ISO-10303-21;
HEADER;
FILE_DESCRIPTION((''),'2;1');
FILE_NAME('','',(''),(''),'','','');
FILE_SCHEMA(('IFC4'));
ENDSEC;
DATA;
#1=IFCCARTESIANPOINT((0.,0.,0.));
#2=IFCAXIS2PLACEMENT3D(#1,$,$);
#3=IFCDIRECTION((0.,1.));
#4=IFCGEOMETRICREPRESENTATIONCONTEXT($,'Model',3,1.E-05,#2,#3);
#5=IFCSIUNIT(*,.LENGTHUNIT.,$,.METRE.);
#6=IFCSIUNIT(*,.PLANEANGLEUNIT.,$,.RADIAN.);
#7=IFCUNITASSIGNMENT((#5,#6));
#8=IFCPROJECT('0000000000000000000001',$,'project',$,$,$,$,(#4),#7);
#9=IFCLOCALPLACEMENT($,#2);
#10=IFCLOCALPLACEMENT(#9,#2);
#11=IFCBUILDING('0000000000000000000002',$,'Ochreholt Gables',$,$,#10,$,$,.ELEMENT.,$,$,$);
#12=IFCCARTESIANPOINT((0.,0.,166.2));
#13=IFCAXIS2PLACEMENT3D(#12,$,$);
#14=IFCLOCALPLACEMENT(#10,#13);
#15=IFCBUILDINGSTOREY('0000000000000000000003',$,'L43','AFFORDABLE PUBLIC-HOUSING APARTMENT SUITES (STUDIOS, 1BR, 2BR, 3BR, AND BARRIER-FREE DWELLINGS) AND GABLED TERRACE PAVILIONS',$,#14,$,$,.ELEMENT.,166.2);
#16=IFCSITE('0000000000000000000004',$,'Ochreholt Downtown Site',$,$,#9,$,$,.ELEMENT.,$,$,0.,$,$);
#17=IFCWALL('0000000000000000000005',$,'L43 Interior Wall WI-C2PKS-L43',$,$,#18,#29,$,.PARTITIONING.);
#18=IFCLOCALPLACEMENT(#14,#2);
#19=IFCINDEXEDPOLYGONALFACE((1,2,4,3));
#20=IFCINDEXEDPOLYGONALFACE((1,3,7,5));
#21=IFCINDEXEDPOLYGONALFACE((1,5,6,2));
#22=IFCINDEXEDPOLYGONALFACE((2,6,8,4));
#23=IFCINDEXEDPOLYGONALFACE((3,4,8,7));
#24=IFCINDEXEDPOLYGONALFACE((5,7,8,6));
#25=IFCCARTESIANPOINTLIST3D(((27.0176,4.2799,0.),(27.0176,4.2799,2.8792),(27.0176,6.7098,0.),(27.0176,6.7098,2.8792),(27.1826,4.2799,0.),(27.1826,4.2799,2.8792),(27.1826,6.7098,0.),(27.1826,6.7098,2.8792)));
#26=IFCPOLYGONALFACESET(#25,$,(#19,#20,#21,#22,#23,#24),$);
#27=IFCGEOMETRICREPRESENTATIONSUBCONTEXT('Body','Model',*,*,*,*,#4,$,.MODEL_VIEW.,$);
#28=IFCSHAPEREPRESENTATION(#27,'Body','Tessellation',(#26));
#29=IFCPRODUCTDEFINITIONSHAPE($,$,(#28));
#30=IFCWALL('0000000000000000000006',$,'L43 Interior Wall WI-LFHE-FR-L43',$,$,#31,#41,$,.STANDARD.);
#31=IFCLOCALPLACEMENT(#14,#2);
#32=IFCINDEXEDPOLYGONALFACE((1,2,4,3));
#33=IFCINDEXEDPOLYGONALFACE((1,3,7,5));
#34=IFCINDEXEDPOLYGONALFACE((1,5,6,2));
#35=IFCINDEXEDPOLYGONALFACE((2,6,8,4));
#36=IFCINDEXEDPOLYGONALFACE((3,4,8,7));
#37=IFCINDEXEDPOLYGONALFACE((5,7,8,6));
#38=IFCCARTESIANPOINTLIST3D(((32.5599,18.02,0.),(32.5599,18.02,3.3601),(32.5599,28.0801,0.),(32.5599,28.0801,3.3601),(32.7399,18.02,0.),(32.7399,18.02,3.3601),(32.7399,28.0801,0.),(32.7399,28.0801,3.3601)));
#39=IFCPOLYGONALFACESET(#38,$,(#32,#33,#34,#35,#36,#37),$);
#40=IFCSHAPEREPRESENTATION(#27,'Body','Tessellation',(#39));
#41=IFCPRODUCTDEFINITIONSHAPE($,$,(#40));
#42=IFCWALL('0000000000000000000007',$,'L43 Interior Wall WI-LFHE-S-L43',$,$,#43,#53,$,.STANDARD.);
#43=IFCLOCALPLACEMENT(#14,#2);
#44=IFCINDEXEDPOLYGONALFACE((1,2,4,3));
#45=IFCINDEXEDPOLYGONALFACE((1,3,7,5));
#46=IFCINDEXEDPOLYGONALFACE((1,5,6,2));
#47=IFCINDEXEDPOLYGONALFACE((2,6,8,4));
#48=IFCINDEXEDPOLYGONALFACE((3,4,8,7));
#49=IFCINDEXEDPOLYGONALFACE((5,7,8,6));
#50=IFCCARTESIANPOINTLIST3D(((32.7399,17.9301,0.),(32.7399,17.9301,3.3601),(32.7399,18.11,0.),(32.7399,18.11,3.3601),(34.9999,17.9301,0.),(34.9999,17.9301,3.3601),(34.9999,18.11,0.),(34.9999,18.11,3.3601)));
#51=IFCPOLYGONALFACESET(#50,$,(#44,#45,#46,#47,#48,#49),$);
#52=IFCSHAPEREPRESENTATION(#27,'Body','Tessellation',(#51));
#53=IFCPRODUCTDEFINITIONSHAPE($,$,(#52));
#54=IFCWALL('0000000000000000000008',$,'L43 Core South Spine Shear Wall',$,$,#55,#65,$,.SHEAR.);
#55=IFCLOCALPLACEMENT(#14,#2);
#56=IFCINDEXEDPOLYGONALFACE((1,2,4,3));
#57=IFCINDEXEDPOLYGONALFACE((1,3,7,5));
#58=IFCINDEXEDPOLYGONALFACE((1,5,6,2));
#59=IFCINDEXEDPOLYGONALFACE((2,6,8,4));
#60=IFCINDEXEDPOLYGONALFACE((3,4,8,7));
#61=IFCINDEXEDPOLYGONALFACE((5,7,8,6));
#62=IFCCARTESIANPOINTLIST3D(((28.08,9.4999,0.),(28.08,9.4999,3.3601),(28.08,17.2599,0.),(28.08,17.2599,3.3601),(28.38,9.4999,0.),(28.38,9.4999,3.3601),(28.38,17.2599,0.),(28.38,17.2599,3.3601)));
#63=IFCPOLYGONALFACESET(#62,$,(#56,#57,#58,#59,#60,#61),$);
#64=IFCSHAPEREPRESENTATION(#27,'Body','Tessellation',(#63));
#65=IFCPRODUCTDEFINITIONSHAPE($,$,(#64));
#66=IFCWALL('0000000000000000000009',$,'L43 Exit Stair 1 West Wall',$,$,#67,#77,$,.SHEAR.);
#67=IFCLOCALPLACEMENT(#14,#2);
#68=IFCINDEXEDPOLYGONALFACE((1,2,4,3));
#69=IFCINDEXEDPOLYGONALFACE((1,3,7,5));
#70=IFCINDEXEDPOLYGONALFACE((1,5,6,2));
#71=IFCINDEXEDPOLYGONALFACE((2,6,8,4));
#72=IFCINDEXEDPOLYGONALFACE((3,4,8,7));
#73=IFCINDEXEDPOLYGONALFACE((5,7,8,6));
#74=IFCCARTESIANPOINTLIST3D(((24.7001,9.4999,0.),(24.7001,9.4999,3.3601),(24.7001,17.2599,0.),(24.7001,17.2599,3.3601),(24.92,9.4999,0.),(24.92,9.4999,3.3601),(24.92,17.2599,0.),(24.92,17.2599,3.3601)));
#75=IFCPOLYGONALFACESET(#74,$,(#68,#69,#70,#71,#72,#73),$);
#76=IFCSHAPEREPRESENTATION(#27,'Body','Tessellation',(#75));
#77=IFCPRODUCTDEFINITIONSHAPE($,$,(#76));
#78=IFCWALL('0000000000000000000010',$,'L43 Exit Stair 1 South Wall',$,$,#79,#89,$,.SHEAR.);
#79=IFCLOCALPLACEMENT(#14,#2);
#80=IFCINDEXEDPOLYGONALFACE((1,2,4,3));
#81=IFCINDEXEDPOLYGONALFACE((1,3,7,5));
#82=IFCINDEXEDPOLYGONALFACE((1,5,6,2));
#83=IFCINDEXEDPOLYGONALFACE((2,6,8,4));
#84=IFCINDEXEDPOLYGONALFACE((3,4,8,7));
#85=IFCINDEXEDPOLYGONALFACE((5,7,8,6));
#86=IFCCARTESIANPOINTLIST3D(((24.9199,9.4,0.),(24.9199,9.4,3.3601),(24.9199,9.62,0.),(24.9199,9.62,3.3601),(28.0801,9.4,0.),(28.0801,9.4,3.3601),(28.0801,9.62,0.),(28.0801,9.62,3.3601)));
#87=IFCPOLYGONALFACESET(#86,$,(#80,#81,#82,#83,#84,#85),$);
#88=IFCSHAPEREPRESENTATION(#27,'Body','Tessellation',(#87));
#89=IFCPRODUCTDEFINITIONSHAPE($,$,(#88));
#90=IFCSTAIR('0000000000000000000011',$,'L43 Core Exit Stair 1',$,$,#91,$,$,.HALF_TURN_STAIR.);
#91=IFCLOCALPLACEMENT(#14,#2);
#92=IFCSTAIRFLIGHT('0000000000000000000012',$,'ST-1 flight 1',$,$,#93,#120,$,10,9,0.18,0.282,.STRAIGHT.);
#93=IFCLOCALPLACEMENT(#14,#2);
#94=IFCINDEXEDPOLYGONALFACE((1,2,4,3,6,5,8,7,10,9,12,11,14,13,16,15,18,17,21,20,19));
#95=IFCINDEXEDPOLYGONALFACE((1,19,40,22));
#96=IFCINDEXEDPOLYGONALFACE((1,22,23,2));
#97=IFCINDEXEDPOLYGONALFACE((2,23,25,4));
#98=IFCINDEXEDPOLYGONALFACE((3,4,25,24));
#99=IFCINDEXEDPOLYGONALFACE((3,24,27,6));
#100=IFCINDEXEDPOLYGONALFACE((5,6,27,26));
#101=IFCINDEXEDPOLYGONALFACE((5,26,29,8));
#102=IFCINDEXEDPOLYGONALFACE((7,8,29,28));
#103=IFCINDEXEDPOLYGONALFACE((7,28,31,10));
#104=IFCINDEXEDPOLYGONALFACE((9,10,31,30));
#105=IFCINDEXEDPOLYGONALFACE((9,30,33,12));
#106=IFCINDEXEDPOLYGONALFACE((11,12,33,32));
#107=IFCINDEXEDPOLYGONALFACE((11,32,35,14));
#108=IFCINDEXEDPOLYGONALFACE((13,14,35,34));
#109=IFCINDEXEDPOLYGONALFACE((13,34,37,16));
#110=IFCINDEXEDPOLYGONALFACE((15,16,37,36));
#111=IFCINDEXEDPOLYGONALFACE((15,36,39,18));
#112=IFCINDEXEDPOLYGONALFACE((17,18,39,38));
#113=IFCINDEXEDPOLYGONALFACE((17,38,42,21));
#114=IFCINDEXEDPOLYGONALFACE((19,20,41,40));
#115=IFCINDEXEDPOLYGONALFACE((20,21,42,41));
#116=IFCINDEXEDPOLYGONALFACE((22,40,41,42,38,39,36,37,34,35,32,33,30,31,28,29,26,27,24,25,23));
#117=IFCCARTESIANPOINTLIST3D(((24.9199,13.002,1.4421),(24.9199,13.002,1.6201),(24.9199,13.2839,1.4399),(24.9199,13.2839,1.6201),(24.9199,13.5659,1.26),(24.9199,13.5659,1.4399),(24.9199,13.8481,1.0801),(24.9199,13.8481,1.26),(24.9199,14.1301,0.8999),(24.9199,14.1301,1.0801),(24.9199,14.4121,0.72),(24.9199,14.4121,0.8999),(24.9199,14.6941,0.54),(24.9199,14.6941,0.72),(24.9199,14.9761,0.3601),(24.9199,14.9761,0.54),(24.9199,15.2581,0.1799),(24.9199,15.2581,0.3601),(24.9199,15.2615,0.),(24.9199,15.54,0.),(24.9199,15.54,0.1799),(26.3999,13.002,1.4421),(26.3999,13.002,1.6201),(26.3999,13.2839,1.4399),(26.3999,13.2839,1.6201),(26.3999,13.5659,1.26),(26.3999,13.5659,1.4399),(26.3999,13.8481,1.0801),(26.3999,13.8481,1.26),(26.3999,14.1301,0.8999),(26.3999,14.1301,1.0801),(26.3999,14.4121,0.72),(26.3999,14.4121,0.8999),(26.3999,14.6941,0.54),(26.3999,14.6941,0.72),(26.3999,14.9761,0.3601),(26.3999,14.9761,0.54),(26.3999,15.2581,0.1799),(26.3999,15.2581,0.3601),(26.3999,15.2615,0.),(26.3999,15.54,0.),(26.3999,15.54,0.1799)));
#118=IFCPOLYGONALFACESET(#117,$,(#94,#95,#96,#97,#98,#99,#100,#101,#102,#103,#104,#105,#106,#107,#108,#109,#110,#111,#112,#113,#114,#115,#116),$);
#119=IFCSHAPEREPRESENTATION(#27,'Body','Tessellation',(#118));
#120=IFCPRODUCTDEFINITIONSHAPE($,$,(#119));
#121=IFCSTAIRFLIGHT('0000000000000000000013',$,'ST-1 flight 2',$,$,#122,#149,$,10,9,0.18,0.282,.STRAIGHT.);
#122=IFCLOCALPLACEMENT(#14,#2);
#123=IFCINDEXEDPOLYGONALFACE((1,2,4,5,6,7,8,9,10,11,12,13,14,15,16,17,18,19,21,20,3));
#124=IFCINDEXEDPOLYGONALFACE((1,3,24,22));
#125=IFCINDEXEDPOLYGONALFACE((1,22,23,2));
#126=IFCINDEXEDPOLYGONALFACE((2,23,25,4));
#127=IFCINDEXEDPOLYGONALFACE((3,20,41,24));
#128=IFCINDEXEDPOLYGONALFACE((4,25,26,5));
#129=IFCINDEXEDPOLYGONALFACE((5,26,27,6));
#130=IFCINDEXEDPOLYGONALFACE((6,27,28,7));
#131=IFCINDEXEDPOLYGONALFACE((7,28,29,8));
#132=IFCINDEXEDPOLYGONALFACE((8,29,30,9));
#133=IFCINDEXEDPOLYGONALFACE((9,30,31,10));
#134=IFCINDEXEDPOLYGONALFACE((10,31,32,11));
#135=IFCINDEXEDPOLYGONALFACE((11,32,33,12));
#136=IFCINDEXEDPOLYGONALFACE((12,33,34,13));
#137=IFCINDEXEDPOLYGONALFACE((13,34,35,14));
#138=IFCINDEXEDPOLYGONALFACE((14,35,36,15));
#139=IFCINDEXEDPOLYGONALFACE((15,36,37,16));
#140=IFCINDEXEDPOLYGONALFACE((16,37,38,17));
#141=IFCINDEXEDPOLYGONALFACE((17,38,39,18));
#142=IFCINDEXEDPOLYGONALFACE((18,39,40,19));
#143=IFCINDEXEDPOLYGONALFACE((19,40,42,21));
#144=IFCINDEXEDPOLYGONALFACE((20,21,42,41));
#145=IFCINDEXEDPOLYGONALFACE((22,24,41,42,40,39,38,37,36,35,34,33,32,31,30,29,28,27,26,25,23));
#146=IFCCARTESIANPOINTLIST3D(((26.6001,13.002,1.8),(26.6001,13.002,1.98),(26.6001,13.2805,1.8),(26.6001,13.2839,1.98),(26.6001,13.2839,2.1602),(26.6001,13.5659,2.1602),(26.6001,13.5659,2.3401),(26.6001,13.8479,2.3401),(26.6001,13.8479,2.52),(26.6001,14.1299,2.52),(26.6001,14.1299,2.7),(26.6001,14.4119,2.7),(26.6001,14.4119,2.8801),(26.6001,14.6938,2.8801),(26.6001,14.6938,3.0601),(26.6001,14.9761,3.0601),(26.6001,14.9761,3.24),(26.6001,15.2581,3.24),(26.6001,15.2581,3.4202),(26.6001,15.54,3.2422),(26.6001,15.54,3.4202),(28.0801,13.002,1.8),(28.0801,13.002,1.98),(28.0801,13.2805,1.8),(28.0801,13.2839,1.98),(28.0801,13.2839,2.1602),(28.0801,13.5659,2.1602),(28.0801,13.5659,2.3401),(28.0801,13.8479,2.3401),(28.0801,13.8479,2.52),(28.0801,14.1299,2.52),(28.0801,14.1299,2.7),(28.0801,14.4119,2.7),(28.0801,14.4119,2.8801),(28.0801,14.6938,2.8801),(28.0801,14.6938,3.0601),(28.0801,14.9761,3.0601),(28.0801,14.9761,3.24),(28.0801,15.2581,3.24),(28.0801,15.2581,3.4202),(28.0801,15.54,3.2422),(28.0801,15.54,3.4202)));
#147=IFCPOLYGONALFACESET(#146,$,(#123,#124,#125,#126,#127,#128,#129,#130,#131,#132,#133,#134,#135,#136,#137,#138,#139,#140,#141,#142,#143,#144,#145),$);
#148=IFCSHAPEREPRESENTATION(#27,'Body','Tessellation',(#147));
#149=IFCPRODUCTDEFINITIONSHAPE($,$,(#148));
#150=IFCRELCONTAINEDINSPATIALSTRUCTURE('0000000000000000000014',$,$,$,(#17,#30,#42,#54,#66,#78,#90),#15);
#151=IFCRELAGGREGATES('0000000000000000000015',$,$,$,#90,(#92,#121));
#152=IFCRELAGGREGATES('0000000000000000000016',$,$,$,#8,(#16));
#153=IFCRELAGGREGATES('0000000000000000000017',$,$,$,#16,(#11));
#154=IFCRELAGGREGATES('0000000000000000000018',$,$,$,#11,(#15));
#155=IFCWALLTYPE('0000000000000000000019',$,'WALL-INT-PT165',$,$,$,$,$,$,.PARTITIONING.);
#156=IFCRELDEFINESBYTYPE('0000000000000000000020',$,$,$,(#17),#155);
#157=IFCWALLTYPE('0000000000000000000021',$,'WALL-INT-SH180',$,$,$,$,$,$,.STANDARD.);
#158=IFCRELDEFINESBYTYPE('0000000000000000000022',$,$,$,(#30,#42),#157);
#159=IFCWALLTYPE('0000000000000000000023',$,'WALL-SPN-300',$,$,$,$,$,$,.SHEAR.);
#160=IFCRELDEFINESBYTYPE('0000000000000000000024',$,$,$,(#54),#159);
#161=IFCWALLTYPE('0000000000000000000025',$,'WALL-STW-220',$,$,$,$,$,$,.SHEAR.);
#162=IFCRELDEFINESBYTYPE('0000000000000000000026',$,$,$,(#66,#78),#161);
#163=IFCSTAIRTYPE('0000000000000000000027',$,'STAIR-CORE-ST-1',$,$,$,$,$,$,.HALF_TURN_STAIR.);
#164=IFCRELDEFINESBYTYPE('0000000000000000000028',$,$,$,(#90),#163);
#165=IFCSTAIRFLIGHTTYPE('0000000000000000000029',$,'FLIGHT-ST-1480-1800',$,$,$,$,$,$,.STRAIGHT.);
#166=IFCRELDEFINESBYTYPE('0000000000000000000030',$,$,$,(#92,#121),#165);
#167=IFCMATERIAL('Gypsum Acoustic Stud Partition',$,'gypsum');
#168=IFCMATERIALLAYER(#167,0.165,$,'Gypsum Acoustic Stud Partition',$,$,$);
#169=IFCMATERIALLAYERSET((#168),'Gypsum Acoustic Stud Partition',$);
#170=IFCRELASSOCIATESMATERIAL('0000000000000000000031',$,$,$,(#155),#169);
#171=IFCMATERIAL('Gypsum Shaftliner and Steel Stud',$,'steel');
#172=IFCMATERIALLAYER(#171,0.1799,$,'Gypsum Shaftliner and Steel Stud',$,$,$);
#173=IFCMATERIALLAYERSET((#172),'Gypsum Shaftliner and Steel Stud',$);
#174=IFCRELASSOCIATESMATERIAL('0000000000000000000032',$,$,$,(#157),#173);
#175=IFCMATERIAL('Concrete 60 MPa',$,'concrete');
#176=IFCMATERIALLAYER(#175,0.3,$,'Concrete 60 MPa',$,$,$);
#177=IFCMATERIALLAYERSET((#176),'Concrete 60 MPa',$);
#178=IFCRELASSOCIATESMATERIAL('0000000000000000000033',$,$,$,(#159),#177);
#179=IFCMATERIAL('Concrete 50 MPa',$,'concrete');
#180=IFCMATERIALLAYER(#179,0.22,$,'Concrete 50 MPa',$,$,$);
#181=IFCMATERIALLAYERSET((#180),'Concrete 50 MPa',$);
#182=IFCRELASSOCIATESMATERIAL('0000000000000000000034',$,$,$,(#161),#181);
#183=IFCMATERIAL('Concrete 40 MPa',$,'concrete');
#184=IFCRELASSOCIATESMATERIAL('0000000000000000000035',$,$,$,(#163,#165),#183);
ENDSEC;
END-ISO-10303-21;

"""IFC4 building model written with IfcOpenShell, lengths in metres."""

from ifc_helpers import new_model, si_unit, direction, frame, frame_2d, origin, place, context, subcontext, project, spatial, polyline, rectangle, outline, extrude, material, layer, layer_set, type_object, element, aggregate, save


model = new_model("IFC4")

# Units and contexts
model_context = context("Model", 3, precision=1e-05, world=origin(), true_north=direction((0.0, 1.0)))
body_context = subcontext(model_context, "Body", "Model", "MODEL_VIEW")
ifc_project = project(units=[si_unit("LENGTHUNIT", "METRE"), si_unit("PLANEANGLEUNIT", "RADIAN")], contexts=[model_context])

# Site, building, storey
site_placement = place(None, origin())
site = spatial("IfcSite", under=ifc_project, at=site_placement, Name="Ochreholt Downtown Site", CompositionType="ELEMENT", RefElevation=0.0)
building_placement = place(site_placement, origin())
building = spatial("IfcBuilding", under=site, at=building_placement, Name="Ochreholt Gables", CompositionType="ELEMENT")
storey_placement = place(building_placement, frame((0.0, 0.0, 166.2)))
storey = spatial("IfcBuildingStorey", under=building, at=storey_placement, Name="L43", Description="AFFORDABLE PUBLIC-HOUSING APARTMENT SUITES (STUDIOS, 1BR, 2BR, 3BR, AND BARRIER-FREE DWELLINGS) AND GABLED TERRACE PAVILIONS", CompositionType="ELEMENT", Elevation=166.2)

# Shared definitions
ifc_material_1 = material(Name="Concrete 50 MPa", Category="concrete")

# Shared definitions
ifc_material_2 = material(Name="Concrete 60 MPa", Category="concrete")
ifc_material_3 = material(Name="Concrete 40 MPa", Category="concrete")

# Shared definitions
ifc_material_4 = material(Name="Gypsum Acoustic Stud Partition", Category="gypsum")
ifc_layer_1 = layer(ifc_material_4, 0.165, Name="Gypsum Acoustic Stud Partition")
ifc_layer_set_1 = layer_set([ifc_layer_1], Name="Gypsum Acoustic Stud Partition")
wall_type_1 = type_object("IfcWallType", Name="WALL-INT-PT165", PredefinedType="PARTITIONING", material=ifc_layer_set_1)

# Walls
wall_1_placement = place(storey_placement, frame((27.1001, 4.28, 0.0), z_axis=(0.0, 0.0, 1.0), x_axis=(0.0, 1.0, 0.0)))
element("IfcWall", 1, at=wall_1_placement, inside=storey, type_object=wall_type_1, Name="L43 Interior Wall WI-C2PKS-L43", PredefinedType="PARTITIONING", context=body_context, shape_type="SweptSolid", body=[
    extrude(rectangle(XDim=2.4299, YDim=0.165, at=frame_2d((1.2148, 0.0))), origin(), (0.0, 0.0, 1.0), 2.8792),
])
ifc_material_5 = material(Name="Gypsum Shaftliner and Steel Stud", Category="steel")
ifc_layer_2 = layer(ifc_material_5, 0.1799, Name="Gypsum Shaftliner and Steel Stud")
ifc_layer_set_2 = layer_set([ifc_layer_2], Name="Gypsum Shaftliner and Steel Stud")
wall_type_2 = type_object("IfcWallType", Name="WALL-INT-SH180", PredefinedType="STANDARD", material=ifc_layer_set_2)
wall_2_placement = place(storey_placement, frame((32.6499, 18.02, 0.0), z_axis=(0.0, 0.0, 1.0), x_axis=(0.0, 1.0, 0.0)))
element("IfcWall", 2, at=wall_2_placement, inside=storey, type_object=wall_type_2, Name="L43 Interior Wall WI-LFHE-FR-L43", PredefinedType="STANDARD", context=body_context, shape_type="SweptSolid", body=[
    extrude(rectangle(XDim=10.0601, YDim=0.1799, at=frame_2d((5.03, 0.0))), origin(), (0.0, 0.0, 1.0), 3.3601),
])
wall_3_placement = place(storey_placement, frame((32.74, 18.02, 0.0), z_axis=(0.0, 0.0, 1.0), x_axis=(1.0, 0.0, 0.0)))
element("IfcWall", 3, at=wall_3_placement, inside=storey, type_object=wall_type_2, Name="L43 Interior Wall WI-LFHE-S-L43", PredefinedType="STANDARD", context=body_context, shape_type="SweptSolid", body=[
    extrude(rectangle(XDim=2.26, YDim=0.1799, at=frame_2d((1.1299, 0.0))), origin(), (0.0, 0.0, 1.0), 3.3601),
])
ifc_layer_3 = layer(ifc_material_2, 0.3, Name="Concrete 60 MPa")
ifc_layer_set_3 = layer_set([ifc_layer_3], Name="Concrete 60 MPa")
wall_type_3 = type_object("IfcWallType", Name="WALL-SPN-300", PredefinedType="SHEAR", material=ifc_layer_set_3)
wall_4_placement = place(storey_placement, frame((28.23, 9.5, 0.0), z_axis=(0.0, 0.0, 1.0), x_axis=(0.0, 1.0, 0.0)))
element("IfcWall", 4, at=wall_4_placement, inside=storey, type_object=wall_type_3, Name="L43 Core South Spine Shear Wall", PredefinedType="SHEAR", context=body_context, shape_type="SweptSolid", body=[
    extrude(rectangle(XDim=7.76, YDim=0.3, at=frame_2d((3.8799, 0.0))), origin(), (0.0, 0.0, 1.0), 3.3601),
])
ifc_layer_4 = layer(ifc_material_1, 0.22, Name="Concrete 50 MPa")
ifc_layer_set_4 = layer_set([ifc_layer_4], Name="Concrete 50 MPa")
wall_type_4 = type_object("IfcWallType", Name="WALL-STW-220", PredefinedType="SHEAR", material=ifc_layer_set_4)
wall_5_placement = place(storey_placement, frame((24.8101, 9.5, 0.0), z_axis=(0.0, 0.0, 1.0), x_axis=(0.0, 1.0, 0.0)))
element("IfcWall", 5, at=wall_5_placement, inside=storey, type_object=wall_type_4, Name="L43 Exit Stair 1 West Wall", PredefinedType="SHEAR", context=body_context, shape_type="SweptSolid", body=[
    extrude(rectangle(XDim=7.76, YDim=0.22, at=frame_2d((3.8799, 0.0))), origin(), (0.0, 0.0, 1.0), 3.3601),
])
wall_6_placement = place(storey_placement, frame((24.9199, 9.51, 0.0), z_axis=(0.0, 0.0, 1.0), x_axis=(1.0, 0.0, 0.0)))
element("IfcWall", 6, at=wall_6_placement, inside=storey, type_object=wall_type_4, Name="L43 Exit Stair 1 South Wall", PredefinedType="SHEAR", context=body_context, shape_type="SweptSolid", body=[
    extrude(rectangle(XDim=3.1602, YDim=0.22, at=frame_2d((1.5801, 0.0))), origin(), (0.0, 0.0, 1.0), 3.3601),
])

# Stair, stair flights
stair_type = type_object("IfcStairType", Name="STAIR-CORE-ST-1", PredefinedType="HALF_TURN_STAIR", material=ifc_material_3)
stair_placement = place(storey_placement, origin())
stair = element("IfcStair", 7, at=stair_placement, inside=storey, type_object=stair_type, Name="L43 Core Exit Stair 1", PredefinedType="HALF_TURN_STAIR")
stair_flight_type = type_object("IfcStairFlightType", Name="FLIGHT-ST-1480-1800", PredefinedType="STRAIGHT", material=ifc_material_3)
stair_flight_1_placement = place(storey_placement, frame((25.6599, 15.54, 0.0), z_axis=(0.0, 0.0, 1.0), x_axis=(0.0, -1.0, 0.0)))
stair_flight_1 = element("IfcStairFlight", 8, at=stair_flight_1_placement, type_object=stair_flight_type, Name="ST-1 flight 1", NumberOfRisers=10, NumberOfTreads=9, PredefinedType="STRAIGHT", RiserHeight=0.18, TreadLength=0.282, context=body_context, shape_type="SweptSolid", body=[
    extrude(outline(polyline([(0.0, 0.0), (0.0, 0.1799), (0.282, 0.1799), (0.282, 0.3601), (0.564, 0.3601), (0.564, 0.54), (0.8459, 0.54), (0.8459, 0.72), (1.1279, 0.72), (1.1279, 0.8999), (1.4099, 0.8999), (1.4099, 1.0801), (1.6919, 1.0801), (1.6919, 1.26), (1.9741, 1.26), (1.9741, 1.4399), (2.2561, 1.4399), (2.2561, 1.6201), (2.5381, 1.6201), (2.5381, 1.8), (2.5381, 1.4421), (0.2786, 0.0), (0.0, 0.0)])), frame((0.0, 0.74, 0.0), z_axis=(0.0, -1.0, 0.0), x_axis=(1.0, 0.0, 0.0)), (0.0, 0.0, 1.0), 1.48),
])
stair_flight_2_placement = place(storey_placement, frame((27.3401, 13.002, 1.8), z_axis=(0.0, 0.0, 1.0), x_axis=(0.0, 1.0, 0.0)))
stair_flight_2 = element("IfcStairFlight", 9, at=stair_flight_2_placement, type_object=stair_flight_type, Name="ST-1 flight 2", NumberOfRisers=10, NumberOfTreads=9, PredefinedType="STRAIGHT", RiserHeight=0.18, TreadLength=0.282, context=body_context, shape_type="SweptSolid", body=[
    extrude(outline(polyline([(0.0, 0.0), (0.0, 0.1799), (0.282, 0.1799), (0.282, 0.3601), (0.564, 0.3601), (0.564, 0.54), (0.8459, 0.54), (0.8459, 0.72), (1.1279, 0.72), (1.1279, 0.8999), (1.4099, 0.8999), (1.4099, 1.0801), (1.6919, 1.0801), (1.6919, 1.26), (1.9741, 1.26), (1.9741, 1.4399), (2.2561, 1.4399), (2.2561, 1.6201), (2.5381, 1.6201), (2.5381, 1.8), (2.5381, 1.4421), (0.2786, 0.0), (0.0, 0.0)])), frame((0.0, 0.74, 0.0), z_axis=(0.0, -1.0, 0.0), x_axis=(1.0, 0.0, 0.0)), (0.0, 0.0, 1.0), 1.48),
])
aggregate(stair, [stair_flight_1, stair_flight_2])

save(model, "model.ifc")
